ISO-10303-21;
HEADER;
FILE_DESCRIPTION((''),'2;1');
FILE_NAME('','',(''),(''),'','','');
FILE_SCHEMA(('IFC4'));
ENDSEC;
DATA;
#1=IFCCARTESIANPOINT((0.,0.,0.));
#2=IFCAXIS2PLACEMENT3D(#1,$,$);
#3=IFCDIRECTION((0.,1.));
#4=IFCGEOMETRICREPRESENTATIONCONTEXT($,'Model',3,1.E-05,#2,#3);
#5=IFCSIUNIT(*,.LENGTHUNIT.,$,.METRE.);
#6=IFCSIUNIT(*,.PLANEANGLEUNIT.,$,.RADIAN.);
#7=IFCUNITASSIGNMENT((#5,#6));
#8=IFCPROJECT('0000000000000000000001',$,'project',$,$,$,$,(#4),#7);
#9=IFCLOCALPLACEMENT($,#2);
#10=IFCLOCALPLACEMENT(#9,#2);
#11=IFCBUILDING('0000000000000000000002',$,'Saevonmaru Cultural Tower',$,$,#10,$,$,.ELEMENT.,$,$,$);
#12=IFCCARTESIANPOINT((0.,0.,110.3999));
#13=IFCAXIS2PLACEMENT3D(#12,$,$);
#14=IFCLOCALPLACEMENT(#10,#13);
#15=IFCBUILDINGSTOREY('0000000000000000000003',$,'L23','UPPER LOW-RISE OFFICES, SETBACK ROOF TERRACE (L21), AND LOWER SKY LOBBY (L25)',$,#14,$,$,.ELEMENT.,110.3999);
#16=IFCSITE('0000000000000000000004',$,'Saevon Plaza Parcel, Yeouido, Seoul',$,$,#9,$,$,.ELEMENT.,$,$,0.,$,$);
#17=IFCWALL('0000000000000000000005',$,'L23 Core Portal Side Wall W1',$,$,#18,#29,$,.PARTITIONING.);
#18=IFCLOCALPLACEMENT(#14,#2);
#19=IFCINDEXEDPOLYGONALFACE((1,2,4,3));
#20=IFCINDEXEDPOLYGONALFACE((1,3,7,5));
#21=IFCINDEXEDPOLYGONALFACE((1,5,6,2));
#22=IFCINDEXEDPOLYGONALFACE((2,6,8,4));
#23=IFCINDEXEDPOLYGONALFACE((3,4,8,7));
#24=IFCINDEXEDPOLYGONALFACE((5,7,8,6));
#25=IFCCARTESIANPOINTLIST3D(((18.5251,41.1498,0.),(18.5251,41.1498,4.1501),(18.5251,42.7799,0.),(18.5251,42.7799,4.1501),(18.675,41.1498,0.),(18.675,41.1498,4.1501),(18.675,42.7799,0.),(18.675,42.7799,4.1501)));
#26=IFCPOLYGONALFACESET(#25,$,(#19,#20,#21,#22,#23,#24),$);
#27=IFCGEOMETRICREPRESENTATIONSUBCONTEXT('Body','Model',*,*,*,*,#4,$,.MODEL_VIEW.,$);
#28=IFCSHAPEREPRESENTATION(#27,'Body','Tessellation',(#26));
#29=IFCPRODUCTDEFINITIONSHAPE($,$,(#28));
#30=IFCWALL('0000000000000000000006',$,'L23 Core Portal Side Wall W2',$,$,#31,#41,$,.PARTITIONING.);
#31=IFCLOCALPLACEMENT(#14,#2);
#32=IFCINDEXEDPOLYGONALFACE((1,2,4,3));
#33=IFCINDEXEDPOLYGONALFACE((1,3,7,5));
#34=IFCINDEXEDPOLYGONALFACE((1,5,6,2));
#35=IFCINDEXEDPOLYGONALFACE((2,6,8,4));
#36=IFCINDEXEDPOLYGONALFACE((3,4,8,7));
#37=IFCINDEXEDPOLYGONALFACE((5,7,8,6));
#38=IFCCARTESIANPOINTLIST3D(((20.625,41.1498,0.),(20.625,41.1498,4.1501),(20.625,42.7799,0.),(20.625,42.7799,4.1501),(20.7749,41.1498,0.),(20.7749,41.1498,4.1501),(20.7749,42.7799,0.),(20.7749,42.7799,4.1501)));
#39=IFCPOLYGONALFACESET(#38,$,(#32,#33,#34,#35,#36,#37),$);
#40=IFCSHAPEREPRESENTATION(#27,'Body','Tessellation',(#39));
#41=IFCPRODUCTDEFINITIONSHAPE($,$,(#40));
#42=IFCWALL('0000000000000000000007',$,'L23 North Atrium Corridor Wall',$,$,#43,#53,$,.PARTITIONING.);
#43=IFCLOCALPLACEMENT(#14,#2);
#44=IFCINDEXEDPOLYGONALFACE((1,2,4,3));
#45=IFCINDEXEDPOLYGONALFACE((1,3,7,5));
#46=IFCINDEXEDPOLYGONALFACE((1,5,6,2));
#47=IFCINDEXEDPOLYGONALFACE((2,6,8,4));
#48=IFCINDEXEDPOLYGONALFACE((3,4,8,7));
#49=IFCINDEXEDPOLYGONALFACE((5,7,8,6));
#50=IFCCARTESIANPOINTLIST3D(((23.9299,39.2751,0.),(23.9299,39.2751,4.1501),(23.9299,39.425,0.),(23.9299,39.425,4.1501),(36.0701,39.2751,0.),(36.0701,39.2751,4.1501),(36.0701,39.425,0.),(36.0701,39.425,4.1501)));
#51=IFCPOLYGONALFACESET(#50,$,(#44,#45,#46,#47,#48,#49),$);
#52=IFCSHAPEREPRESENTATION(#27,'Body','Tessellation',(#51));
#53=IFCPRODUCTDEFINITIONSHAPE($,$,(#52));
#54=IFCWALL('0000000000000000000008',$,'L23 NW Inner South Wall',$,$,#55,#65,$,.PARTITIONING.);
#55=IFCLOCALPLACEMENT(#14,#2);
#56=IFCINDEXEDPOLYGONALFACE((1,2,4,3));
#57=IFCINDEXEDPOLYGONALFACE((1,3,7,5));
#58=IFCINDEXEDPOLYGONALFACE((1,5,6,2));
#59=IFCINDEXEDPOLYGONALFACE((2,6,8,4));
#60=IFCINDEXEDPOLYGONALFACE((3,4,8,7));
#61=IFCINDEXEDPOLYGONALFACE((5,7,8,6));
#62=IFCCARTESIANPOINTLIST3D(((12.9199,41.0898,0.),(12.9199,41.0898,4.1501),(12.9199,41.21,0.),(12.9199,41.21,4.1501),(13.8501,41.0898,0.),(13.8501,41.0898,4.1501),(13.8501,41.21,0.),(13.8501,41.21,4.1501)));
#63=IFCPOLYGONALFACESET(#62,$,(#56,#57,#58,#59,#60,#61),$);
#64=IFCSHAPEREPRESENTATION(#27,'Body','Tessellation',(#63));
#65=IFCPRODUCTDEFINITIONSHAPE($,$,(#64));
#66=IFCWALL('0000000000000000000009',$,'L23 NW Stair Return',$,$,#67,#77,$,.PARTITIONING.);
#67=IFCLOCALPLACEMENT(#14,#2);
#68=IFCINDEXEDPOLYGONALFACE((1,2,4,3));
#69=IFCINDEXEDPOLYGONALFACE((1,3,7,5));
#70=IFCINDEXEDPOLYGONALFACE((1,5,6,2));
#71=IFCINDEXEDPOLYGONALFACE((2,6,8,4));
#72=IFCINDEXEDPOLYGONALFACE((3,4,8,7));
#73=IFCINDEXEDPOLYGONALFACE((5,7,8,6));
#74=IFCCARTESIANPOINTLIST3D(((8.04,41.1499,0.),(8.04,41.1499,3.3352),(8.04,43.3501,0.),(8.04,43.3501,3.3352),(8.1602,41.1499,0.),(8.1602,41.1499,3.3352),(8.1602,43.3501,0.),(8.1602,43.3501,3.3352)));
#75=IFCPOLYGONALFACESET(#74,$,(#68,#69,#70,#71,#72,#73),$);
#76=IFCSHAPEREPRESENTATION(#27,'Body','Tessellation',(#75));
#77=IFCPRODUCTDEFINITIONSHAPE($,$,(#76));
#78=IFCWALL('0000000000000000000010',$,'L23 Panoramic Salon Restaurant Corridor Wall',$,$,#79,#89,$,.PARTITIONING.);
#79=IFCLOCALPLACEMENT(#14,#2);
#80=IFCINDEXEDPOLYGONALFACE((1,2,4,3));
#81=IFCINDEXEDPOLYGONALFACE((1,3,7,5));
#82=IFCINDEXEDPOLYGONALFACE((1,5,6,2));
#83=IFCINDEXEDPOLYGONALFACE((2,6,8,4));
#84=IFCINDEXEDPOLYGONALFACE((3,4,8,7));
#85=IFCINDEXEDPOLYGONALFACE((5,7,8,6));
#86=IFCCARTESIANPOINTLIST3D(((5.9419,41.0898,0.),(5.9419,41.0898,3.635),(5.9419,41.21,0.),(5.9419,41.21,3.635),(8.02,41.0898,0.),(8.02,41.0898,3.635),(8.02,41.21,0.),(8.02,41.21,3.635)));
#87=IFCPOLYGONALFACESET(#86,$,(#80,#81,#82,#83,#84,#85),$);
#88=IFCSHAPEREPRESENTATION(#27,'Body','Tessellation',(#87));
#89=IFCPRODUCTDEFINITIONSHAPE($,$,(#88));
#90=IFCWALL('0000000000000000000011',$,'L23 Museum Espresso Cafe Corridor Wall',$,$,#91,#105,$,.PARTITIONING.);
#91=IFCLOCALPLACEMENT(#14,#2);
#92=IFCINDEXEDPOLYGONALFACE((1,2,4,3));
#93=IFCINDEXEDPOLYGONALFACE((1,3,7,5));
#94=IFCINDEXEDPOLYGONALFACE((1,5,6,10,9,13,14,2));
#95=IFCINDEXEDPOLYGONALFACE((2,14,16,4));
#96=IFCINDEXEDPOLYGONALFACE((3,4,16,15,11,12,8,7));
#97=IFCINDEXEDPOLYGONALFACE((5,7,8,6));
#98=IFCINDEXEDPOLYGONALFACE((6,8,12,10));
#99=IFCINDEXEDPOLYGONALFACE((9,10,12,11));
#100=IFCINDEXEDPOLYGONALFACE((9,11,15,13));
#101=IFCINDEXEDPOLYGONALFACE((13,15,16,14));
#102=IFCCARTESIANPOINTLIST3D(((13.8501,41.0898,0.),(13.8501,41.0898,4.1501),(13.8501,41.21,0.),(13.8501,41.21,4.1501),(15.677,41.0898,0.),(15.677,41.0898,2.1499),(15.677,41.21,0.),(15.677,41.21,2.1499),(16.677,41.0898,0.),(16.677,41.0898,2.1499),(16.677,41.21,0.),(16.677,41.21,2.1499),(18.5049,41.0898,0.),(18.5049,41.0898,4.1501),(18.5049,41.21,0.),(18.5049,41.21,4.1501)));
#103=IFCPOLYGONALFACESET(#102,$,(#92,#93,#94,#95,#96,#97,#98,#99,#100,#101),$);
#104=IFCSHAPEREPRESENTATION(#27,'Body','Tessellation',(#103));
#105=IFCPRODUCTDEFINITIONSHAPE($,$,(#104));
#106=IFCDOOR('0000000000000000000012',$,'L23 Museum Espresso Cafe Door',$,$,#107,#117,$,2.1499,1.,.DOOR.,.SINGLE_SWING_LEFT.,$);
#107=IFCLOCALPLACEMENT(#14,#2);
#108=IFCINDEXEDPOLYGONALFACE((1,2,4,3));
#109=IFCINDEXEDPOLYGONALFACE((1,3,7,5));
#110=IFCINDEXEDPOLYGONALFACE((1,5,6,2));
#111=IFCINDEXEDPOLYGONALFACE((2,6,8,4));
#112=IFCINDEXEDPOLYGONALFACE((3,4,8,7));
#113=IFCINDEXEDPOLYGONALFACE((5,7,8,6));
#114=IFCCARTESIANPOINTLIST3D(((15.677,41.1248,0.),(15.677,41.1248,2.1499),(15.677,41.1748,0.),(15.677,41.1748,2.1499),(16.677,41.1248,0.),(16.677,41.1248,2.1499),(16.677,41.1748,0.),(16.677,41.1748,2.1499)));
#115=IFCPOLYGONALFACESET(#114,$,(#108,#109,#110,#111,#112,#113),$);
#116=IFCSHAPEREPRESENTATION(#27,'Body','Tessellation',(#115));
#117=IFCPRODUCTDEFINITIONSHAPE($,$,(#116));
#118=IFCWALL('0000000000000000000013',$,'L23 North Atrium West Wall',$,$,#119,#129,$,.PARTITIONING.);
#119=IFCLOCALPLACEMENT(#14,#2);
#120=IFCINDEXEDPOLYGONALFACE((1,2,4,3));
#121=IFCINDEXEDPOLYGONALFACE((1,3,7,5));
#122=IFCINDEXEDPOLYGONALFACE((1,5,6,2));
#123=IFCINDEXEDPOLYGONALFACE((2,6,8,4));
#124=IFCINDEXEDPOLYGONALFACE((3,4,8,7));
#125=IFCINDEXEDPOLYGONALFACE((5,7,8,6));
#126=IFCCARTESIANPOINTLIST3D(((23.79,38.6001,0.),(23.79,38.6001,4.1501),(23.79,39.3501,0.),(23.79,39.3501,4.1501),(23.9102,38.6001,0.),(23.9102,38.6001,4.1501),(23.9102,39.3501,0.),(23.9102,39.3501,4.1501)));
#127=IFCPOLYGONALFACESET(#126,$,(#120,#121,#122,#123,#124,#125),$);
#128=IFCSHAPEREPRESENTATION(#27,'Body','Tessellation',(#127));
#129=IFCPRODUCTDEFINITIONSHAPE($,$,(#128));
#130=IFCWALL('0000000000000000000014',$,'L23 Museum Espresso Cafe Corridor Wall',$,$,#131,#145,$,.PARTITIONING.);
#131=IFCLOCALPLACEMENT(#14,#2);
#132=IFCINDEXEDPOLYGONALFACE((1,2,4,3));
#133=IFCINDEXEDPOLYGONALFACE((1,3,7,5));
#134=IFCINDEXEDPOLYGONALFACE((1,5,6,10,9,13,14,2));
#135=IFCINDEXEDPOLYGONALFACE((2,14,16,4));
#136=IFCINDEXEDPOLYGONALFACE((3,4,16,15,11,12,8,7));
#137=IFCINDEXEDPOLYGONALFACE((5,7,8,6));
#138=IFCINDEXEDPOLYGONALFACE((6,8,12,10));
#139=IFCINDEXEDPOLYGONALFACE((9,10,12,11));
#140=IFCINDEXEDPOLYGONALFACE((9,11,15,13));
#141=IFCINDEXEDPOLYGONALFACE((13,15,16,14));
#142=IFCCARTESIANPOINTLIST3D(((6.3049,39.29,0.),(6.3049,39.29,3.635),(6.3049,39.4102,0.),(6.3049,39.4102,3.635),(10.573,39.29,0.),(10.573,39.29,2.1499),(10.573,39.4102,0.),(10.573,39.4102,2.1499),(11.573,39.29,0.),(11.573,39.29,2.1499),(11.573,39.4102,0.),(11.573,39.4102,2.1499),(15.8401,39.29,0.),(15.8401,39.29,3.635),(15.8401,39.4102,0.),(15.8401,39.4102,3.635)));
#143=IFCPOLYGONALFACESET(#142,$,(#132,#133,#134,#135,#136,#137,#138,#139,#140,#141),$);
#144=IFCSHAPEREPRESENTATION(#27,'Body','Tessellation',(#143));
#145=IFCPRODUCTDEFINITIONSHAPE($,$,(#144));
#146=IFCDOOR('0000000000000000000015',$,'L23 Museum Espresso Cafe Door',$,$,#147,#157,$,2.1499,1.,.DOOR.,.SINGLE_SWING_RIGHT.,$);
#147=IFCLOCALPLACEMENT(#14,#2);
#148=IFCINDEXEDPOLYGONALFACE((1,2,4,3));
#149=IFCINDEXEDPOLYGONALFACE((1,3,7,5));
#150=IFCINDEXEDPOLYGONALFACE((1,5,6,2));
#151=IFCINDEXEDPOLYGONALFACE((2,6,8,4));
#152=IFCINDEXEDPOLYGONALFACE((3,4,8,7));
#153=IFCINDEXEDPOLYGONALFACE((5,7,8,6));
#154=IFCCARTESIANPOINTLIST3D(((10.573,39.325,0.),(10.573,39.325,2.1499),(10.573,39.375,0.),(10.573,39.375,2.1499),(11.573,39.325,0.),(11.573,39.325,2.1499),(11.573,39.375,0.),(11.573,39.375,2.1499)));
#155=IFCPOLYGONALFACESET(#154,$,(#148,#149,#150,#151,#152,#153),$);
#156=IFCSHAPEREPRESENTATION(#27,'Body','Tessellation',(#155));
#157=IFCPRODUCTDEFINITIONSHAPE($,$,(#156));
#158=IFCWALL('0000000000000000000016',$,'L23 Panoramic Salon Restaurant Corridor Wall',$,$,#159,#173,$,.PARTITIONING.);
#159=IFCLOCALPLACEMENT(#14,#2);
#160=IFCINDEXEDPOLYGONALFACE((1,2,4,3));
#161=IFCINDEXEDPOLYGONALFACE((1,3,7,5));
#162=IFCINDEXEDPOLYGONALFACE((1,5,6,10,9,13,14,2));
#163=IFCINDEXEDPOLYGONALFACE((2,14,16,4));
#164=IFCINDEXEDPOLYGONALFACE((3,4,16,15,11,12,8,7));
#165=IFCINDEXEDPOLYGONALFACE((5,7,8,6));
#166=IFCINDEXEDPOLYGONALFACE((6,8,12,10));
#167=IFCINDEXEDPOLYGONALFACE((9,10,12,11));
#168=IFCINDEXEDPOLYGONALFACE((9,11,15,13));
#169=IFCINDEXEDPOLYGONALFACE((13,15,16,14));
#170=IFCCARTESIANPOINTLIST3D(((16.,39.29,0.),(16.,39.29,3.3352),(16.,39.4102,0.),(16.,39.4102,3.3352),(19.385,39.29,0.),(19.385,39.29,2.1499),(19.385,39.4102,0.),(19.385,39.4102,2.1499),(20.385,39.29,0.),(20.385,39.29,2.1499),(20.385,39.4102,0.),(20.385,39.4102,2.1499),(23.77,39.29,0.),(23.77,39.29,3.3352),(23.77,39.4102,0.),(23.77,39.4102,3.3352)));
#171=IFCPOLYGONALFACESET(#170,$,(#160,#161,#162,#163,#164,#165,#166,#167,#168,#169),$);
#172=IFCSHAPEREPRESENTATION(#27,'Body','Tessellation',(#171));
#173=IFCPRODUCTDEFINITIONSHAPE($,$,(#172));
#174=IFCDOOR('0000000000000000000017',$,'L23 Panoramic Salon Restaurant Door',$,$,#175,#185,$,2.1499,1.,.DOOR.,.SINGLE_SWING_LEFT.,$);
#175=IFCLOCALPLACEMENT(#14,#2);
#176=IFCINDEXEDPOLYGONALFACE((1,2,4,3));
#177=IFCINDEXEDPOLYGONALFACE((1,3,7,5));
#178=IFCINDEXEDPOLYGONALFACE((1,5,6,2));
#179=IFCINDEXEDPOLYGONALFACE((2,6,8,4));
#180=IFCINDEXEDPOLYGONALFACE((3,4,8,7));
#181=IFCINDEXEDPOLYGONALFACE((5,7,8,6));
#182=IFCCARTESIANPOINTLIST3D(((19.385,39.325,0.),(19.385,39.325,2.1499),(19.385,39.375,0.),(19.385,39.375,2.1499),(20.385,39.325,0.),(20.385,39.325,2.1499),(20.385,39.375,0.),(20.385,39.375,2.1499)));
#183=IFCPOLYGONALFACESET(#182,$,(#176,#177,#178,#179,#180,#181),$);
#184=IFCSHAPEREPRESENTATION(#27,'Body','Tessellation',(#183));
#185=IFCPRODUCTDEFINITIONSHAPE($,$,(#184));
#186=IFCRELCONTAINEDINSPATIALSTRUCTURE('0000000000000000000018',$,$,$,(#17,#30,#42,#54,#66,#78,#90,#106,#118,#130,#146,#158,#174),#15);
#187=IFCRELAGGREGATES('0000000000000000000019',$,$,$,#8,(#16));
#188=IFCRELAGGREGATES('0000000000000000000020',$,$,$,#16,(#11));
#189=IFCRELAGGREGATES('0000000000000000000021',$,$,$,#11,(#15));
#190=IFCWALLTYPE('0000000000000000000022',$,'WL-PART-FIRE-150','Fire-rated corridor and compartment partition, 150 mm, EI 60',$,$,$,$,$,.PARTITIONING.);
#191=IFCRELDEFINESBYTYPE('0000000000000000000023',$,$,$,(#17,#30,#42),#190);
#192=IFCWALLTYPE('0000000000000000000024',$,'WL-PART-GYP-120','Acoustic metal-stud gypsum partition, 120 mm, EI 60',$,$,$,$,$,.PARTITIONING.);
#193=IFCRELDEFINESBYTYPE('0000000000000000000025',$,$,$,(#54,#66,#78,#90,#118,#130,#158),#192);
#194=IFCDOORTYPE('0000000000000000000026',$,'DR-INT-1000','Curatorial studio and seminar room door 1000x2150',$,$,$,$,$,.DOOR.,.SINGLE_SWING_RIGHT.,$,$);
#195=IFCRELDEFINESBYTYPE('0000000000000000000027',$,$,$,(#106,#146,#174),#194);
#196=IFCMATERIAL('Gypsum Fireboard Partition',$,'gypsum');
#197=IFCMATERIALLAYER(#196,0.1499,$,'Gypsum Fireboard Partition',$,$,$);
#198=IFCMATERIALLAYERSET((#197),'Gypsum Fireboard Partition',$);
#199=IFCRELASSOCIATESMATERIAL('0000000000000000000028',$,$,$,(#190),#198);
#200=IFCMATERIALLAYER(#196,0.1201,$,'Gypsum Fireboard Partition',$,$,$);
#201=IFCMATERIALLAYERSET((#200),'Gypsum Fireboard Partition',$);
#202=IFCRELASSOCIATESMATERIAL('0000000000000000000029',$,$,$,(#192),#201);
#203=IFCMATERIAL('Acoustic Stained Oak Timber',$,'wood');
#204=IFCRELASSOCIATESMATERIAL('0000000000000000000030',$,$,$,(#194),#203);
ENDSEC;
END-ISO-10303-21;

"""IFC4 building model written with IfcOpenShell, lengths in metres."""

from ifc_helpers import new_model, si_unit, direction, frame, frame_2d, origin, place, context, subcontext, project, spatial, rectangle, extrude, material, layer, layer_set, type_object, element, fill, save


model = new_model("IFC4")

# Units and contexts
model_context = context("Model", 3, precision=1e-05, world=origin(), true_north=direction((0.0, 1.0)))
body_context = subcontext(model_context, "Body", "Model", "MODEL_VIEW")
ifc_project = project(units=[si_unit("LENGTHUNIT", "METRE"), si_unit("PLANEANGLEUNIT", "RADIAN")], contexts=[model_context])

# Site, building, storey
site_placement = place(None, origin())
site = spatial("IfcSite", under=ifc_project, at=site_placement, Name="Saevon Plaza Parcel, Yeouido, Seoul", CompositionType="ELEMENT", RefElevation=0.0)
building_placement = place(site_placement, origin())
building = spatial("IfcBuilding", under=site, at=building_placement, Name="Saevonmaru Cultural Tower", CompositionType="ELEMENT")
storey_placement = place(building_placement, frame((0.0, 0.0, 110.3999)))
storey = spatial("IfcBuildingStorey", under=building, at=storey_placement, Name="L23", Description="UPPER LOW-RISE OFFICES, SETBACK ROOF TERRACE (L21), AND LOWER SKY LOBBY (L25)", CompositionType="ELEMENT", Elevation=110.3999)

# Walls
ifc_material_1 = material(Name="Gypsum Fireboard Partition", Category="gypsum")
ifc_layer_1 = layer(ifc_material_1, 0.1499, Name="Gypsum Fireboard Partition")
ifc_layer_set_1 = layer_set([ifc_layer_1], Name="Gypsum Fireboard Partition")
wall_type_1 = type_object("IfcWallType", Name="WL-PART-FIRE-150", Description="Fire-rated corridor and compartment partition, 150 mm, EI 60", PredefinedType="PARTITIONING", material=ifc_layer_set_1)
for number, where, z_axis, x_axis, name in (
    (1, (18.6001, 41.1499, 0.0), (0.0, 0.0, 1.0), (0.0, 1.0, 0.0), "L23 Core Portal Side Wall W1"),
    (2, (20.7, 41.1499, 0.0), (0.0, 0.0, 1.0), (0.0, 1.0, 0.0), "L23 Core Portal Side Wall W2"),
):
    element("IfcWall", number, at=place(storey_placement, frame(where, z_axis=z_axis, x_axis=x_axis)), inside=storey, type_object=wall_type_1, Name=name, PredefinedType="PARTITIONING", context=body_context, shape_type="SweptSolid", body=[
        extrude(rectangle(XDim=1.6301, YDim=0.1499, at=frame_2d((0.8149, 0.0))), origin(), (0.0, 0.0, 1.0), 4.1501),
    ])
wall_1_placement = place(storey_placement, frame((23.9299, 39.3501, 0.0), z_axis=(0.0, 0.0, 1.0), x_axis=(1.0, 0.0, 0.0)))
element("IfcWall", 3, at=wall_1_placement, inside=storey, type_object=wall_type_1, Name="L23 North Atrium Corridor Wall", PredefinedType="PARTITIONING", context=body_context, shape_type="SweptSolid", body=[
    extrude(rectangle(XDim=12.1401, YDim=0.1499, at=frame_2d((6.0701, 0.0))), origin(), (0.0, 0.0, 1.0), 4.1501),
])
ifc_layer_2 = layer(ifc_material_1, 0.1201, Name="Gypsum Fireboard Partition")
ifc_layer_set_2 = layer_set([ifc_layer_2], Name="Gypsum Fireboard Partition")
wall_type_2 = type_object("IfcWallType", Name="WL-PART-GYP-120", Description="Acoustic metal-stud gypsum partition, 120 mm, EI 60", PredefinedType="PARTITIONING", material=ifc_layer_set_2)
wall_2_placement = place(storey_placement, frame((12.9199, 41.1499, 0.0), z_axis=(0.0, 0.0, 1.0), x_axis=(1.0, 0.0, 0.0)))
element("IfcWall", 4, at=wall_2_placement, inside=storey, type_object=wall_type_2, Name="L23 NW Inner South Wall", PredefinedType="PARTITIONING", context=body_context, shape_type="SweptSolid", body=[
    extrude(rectangle(XDim=0.9302, YDim=0.1201, at=frame_2d((0.4651, 0.0))), origin(), (0.0, 0.0, 1.0), 4.1501),
])
wall_3_placement = place(storey_placement, frame((8.1001, 41.1499, 0.0), z_axis=(0.0, 0.0, 1.0), x_axis=(0.0, 1.0, 0.0)))
element("IfcWall", 5, at=wall_3_placement, inside=storey, type_object=wall_type_2, Name="L23 NW Stair Return", PredefinedType="PARTITIONING", context=body_context, shape_type="SweptSolid", body=[
    extrude(rectangle(XDim=2.2002, YDim=0.1201, at=frame_2d((1.1001, 0.0))), origin(), (0.0, 0.0, 1.0), 3.3352),
])
wall_4_placement = place(storey_placement, frame((5.9419, 41.1499, 0.0), z_axis=(0.0, 0.0, 1.0), x_axis=(1.0, 0.0, 0.0)))
element("IfcWall", 6, at=wall_4_placement, inside=storey, type_object=wall_type_2, Name="L23 Panoramic Salon Restaurant Corridor Wall", PredefinedType="PARTITIONING", context=body_context, shape_type="SweptSolid", body=[
    extrude(rectangle(XDim=2.0781, YDim=0.1201, at=frame_2d((1.0391, 0.0))), origin(), (0.0, 0.0, 1.0), 3.635),
])

# Wall, opening, door
wall_5_placement = place(storey_placement, frame((13.8501, 41.1499, 0.0), z_axis=(0.0, 0.0, 1.0), x_axis=(1.0, 0.0, 0.0)))
wall_5 = element("IfcWall", 7, at=wall_5_placement, inside=storey, type_object=wall_type_2, Name="L23 Museum Espresso Cafe Corridor Wall", PredefinedType="PARTITIONING", context=body_context, shape_type="SweptSolid", body=[
    extrude(rectangle(XDim=4.6548, YDim=0.1201, at=frame_2d((2.3274, 0.0))), origin(), (0.0, 0.0, 1.0), 4.1501),
])
opening_1_placement = place(wall_5_placement, frame((1.8269, 0.0, 0.0)))
opening_1 = element("IfcOpeningElement", 8, at=opening_1_placement, cuts=wall_5, PredefinedType="OPENING", context=body_context, shape_type="SweptSolid", body=[
    extrude(rectangle(XDim=1.0, YDim=2.1499, at=frame_2d((0.5, 1.075))), frame((0.0, 0.0701, 0.0), z_axis=(0.0, -1.0, 0.0), x_axis=(1.0, 0.0, 0.0)), (0.0, 0.0, 1.0), 0.1401),
])
ifc_material_2 = material(Name="Acoustic Stained Oak Timber", Category="wood")
door_type = type_object("IfcDoorType", Name="DR-INT-1000", Description="Curatorial studio and seminar room door 1000x2150", OperationType="SINGLE_SWING_RIGHT", PredefinedType="DOOR", material=ifc_material_2)
door_1_placement = place(opening_1_placement, origin())
door_1 = element("IfcDoor", 9, at=door_1_placement, inside=storey, type_object=door_type, Name="L23 Museum Espresso Cafe Door", OperationType="SINGLE_SWING_LEFT", OverallHeight=2.1499, OverallWidth=1.0, PredefinedType="DOOR", context=body_context, shape_type="SweptSolid", body=[
    extrude(rectangle(XDim=1.0, YDim=2.1499, at=frame_2d((0.5, 1.075))), frame((0.0, 0.0249, 0.0), z_axis=(0.0, -1.0, 0.0), x_axis=(1.0, 0.0, 0.0)), (0.0, 0.0, 1.0), 0.05),
])
fill(opening_1, door_1)

# Wall
wall_6_placement = place(storey_placement, frame((23.8501, 38.6001, 0.0), z_axis=(0.0, 0.0, 1.0), x_axis=(0.0, 1.0, 0.0)))
element("IfcWall", 10, at=wall_6_placement, inside=storey, type_object=wall_type_2, Name="L23 North Atrium West Wall", PredefinedType="PARTITIONING", context=body_context, shape_type="SweptSolid", body=[
    extrude(rectangle(XDim=0.75, YDim=0.1201, at=frame_2d((0.375, 0.0))), origin(), (0.0, 0.0, 1.0), 4.1501),
])

# Walls, openings, doors
wall_7_placement = place(storey_placement, frame((6.3049, 39.3501, 0.0), z_axis=(0.0, 0.0, 1.0), x_axis=(1.0, 0.0, 0.0)))
wall_7 = element("IfcWall", 11, at=wall_7_placement, inside=storey, type_object=wall_type_2, Name="L23 Museum Espresso Cafe Corridor Wall", PredefinedType="PARTITIONING", context=body_context, shape_type="SweptSolid", body=[
    extrude(rectangle(XDim=9.5352, YDim=0.1201, at=frame_2d((4.7676, 0.0))), origin(), (0.0, 0.0, 1.0), 3.635),
])
opening_2_placement = place(wall_7_placement, frame((4.2681, 0.0, 0.0)))
opening_2 = element("IfcOpeningElement", 12, at=opening_2_placement, cuts=wall_7, PredefinedType="OPENING", context=body_context, shape_type="SweptSolid", body=[
    extrude(rectangle(XDim=1.0, YDim=2.1499, at=frame_2d((0.5, 1.075))), frame((0.0, 0.0701, 0.0), z_axis=(0.0, -1.0, 0.0), x_axis=(1.0, 0.0, 0.0)), (0.0, 0.0, 1.0), 0.1401),
])
door_2_placement = place(opening_2_placement, origin())
door_2 = element("IfcDoor", 13, at=door_2_placement, inside=storey, type_object=door_type, Name="L23 Museum Espresso Cafe Door", OperationType="SINGLE_SWING_RIGHT", OverallHeight=2.1499, OverallWidth=1.0, PredefinedType="DOOR", context=body_context, shape_type="SweptSolid", body=[
    extrude(rectangle(XDim=1.0, YDim=2.1499, at=frame_2d((0.5, 1.075))), frame((0.0, 0.0249, 0.0), z_axis=(0.0, -1.0, 0.0), x_axis=(1.0, 0.0, 0.0)), (0.0, 0.0, 1.0), 0.05),
])
fill(opening_2, door_2)
wall_8_placement = place(storey_placement, frame((16.0, 39.3501, 0.0), z_axis=(0.0, 0.0, 1.0), x_axis=(1.0, 0.0, 0.0)))
wall_8 = element("IfcWall", 14, at=wall_8_placement, inside=storey, type_object=wall_type_2, Name="L23 Panoramic Salon Restaurant Corridor Wall", PredefinedType="PARTITIONING", context=body_context, shape_type="SweptSolid", body=[
    extrude(rectangle(XDim=7.77, YDim=0.1201, at=frame_2d((3.885, 0.0))), origin(), (0.0, 0.0, 1.0), 3.3352),
])
opening_3_placement = place(wall_8_placement, frame((3.385, 0.0, 0.0)))
opening_3 = element("IfcOpeningElement", 15, at=opening_3_placement, cuts=wall_8, PredefinedType="OPENING", context=body_context, shape_type="SweptSolid", body=[
    extrude(rectangle(XDim=1.0, YDim=2.1499, at=frame_2d((0.5, 1.075))), frame((0.0, 0.0701, 0.0), z_axis=(0.0, -1.0, 0.0), x_axis=(1.0, 0.0, 0.0)), (0.0, 0.0, 1.0), 0.1401),
])
door_3_placement = place(opening_3_placement, origin())
door_3 = element("IfcDoor", 16, at=door_3_placement, inside=storey, type_object=door_type, Name="L23 Panoramic Salon Restaurant Door", OperationType="SINGLE_SWING_LEFT", OverallHeight=2.1499, OverallWidth=1.0, PredefinedType="DOOR", context=body_context, shape_type="SweptSolid", body=[
    extrude(rectangle(XDim=1.0, YDim=2.1499, at=frame_2d((0.5, 1.075))), frame((0.0, 0.0249, 0.0), z_axis=(0.0, -1.0, 0.0), x_axis=(1.0, 0.0, 0.0)), (0.0, 0.0, 1.0), 0.05),
])
fill(opening_3, door_3)

save(model, "model.ifc")
